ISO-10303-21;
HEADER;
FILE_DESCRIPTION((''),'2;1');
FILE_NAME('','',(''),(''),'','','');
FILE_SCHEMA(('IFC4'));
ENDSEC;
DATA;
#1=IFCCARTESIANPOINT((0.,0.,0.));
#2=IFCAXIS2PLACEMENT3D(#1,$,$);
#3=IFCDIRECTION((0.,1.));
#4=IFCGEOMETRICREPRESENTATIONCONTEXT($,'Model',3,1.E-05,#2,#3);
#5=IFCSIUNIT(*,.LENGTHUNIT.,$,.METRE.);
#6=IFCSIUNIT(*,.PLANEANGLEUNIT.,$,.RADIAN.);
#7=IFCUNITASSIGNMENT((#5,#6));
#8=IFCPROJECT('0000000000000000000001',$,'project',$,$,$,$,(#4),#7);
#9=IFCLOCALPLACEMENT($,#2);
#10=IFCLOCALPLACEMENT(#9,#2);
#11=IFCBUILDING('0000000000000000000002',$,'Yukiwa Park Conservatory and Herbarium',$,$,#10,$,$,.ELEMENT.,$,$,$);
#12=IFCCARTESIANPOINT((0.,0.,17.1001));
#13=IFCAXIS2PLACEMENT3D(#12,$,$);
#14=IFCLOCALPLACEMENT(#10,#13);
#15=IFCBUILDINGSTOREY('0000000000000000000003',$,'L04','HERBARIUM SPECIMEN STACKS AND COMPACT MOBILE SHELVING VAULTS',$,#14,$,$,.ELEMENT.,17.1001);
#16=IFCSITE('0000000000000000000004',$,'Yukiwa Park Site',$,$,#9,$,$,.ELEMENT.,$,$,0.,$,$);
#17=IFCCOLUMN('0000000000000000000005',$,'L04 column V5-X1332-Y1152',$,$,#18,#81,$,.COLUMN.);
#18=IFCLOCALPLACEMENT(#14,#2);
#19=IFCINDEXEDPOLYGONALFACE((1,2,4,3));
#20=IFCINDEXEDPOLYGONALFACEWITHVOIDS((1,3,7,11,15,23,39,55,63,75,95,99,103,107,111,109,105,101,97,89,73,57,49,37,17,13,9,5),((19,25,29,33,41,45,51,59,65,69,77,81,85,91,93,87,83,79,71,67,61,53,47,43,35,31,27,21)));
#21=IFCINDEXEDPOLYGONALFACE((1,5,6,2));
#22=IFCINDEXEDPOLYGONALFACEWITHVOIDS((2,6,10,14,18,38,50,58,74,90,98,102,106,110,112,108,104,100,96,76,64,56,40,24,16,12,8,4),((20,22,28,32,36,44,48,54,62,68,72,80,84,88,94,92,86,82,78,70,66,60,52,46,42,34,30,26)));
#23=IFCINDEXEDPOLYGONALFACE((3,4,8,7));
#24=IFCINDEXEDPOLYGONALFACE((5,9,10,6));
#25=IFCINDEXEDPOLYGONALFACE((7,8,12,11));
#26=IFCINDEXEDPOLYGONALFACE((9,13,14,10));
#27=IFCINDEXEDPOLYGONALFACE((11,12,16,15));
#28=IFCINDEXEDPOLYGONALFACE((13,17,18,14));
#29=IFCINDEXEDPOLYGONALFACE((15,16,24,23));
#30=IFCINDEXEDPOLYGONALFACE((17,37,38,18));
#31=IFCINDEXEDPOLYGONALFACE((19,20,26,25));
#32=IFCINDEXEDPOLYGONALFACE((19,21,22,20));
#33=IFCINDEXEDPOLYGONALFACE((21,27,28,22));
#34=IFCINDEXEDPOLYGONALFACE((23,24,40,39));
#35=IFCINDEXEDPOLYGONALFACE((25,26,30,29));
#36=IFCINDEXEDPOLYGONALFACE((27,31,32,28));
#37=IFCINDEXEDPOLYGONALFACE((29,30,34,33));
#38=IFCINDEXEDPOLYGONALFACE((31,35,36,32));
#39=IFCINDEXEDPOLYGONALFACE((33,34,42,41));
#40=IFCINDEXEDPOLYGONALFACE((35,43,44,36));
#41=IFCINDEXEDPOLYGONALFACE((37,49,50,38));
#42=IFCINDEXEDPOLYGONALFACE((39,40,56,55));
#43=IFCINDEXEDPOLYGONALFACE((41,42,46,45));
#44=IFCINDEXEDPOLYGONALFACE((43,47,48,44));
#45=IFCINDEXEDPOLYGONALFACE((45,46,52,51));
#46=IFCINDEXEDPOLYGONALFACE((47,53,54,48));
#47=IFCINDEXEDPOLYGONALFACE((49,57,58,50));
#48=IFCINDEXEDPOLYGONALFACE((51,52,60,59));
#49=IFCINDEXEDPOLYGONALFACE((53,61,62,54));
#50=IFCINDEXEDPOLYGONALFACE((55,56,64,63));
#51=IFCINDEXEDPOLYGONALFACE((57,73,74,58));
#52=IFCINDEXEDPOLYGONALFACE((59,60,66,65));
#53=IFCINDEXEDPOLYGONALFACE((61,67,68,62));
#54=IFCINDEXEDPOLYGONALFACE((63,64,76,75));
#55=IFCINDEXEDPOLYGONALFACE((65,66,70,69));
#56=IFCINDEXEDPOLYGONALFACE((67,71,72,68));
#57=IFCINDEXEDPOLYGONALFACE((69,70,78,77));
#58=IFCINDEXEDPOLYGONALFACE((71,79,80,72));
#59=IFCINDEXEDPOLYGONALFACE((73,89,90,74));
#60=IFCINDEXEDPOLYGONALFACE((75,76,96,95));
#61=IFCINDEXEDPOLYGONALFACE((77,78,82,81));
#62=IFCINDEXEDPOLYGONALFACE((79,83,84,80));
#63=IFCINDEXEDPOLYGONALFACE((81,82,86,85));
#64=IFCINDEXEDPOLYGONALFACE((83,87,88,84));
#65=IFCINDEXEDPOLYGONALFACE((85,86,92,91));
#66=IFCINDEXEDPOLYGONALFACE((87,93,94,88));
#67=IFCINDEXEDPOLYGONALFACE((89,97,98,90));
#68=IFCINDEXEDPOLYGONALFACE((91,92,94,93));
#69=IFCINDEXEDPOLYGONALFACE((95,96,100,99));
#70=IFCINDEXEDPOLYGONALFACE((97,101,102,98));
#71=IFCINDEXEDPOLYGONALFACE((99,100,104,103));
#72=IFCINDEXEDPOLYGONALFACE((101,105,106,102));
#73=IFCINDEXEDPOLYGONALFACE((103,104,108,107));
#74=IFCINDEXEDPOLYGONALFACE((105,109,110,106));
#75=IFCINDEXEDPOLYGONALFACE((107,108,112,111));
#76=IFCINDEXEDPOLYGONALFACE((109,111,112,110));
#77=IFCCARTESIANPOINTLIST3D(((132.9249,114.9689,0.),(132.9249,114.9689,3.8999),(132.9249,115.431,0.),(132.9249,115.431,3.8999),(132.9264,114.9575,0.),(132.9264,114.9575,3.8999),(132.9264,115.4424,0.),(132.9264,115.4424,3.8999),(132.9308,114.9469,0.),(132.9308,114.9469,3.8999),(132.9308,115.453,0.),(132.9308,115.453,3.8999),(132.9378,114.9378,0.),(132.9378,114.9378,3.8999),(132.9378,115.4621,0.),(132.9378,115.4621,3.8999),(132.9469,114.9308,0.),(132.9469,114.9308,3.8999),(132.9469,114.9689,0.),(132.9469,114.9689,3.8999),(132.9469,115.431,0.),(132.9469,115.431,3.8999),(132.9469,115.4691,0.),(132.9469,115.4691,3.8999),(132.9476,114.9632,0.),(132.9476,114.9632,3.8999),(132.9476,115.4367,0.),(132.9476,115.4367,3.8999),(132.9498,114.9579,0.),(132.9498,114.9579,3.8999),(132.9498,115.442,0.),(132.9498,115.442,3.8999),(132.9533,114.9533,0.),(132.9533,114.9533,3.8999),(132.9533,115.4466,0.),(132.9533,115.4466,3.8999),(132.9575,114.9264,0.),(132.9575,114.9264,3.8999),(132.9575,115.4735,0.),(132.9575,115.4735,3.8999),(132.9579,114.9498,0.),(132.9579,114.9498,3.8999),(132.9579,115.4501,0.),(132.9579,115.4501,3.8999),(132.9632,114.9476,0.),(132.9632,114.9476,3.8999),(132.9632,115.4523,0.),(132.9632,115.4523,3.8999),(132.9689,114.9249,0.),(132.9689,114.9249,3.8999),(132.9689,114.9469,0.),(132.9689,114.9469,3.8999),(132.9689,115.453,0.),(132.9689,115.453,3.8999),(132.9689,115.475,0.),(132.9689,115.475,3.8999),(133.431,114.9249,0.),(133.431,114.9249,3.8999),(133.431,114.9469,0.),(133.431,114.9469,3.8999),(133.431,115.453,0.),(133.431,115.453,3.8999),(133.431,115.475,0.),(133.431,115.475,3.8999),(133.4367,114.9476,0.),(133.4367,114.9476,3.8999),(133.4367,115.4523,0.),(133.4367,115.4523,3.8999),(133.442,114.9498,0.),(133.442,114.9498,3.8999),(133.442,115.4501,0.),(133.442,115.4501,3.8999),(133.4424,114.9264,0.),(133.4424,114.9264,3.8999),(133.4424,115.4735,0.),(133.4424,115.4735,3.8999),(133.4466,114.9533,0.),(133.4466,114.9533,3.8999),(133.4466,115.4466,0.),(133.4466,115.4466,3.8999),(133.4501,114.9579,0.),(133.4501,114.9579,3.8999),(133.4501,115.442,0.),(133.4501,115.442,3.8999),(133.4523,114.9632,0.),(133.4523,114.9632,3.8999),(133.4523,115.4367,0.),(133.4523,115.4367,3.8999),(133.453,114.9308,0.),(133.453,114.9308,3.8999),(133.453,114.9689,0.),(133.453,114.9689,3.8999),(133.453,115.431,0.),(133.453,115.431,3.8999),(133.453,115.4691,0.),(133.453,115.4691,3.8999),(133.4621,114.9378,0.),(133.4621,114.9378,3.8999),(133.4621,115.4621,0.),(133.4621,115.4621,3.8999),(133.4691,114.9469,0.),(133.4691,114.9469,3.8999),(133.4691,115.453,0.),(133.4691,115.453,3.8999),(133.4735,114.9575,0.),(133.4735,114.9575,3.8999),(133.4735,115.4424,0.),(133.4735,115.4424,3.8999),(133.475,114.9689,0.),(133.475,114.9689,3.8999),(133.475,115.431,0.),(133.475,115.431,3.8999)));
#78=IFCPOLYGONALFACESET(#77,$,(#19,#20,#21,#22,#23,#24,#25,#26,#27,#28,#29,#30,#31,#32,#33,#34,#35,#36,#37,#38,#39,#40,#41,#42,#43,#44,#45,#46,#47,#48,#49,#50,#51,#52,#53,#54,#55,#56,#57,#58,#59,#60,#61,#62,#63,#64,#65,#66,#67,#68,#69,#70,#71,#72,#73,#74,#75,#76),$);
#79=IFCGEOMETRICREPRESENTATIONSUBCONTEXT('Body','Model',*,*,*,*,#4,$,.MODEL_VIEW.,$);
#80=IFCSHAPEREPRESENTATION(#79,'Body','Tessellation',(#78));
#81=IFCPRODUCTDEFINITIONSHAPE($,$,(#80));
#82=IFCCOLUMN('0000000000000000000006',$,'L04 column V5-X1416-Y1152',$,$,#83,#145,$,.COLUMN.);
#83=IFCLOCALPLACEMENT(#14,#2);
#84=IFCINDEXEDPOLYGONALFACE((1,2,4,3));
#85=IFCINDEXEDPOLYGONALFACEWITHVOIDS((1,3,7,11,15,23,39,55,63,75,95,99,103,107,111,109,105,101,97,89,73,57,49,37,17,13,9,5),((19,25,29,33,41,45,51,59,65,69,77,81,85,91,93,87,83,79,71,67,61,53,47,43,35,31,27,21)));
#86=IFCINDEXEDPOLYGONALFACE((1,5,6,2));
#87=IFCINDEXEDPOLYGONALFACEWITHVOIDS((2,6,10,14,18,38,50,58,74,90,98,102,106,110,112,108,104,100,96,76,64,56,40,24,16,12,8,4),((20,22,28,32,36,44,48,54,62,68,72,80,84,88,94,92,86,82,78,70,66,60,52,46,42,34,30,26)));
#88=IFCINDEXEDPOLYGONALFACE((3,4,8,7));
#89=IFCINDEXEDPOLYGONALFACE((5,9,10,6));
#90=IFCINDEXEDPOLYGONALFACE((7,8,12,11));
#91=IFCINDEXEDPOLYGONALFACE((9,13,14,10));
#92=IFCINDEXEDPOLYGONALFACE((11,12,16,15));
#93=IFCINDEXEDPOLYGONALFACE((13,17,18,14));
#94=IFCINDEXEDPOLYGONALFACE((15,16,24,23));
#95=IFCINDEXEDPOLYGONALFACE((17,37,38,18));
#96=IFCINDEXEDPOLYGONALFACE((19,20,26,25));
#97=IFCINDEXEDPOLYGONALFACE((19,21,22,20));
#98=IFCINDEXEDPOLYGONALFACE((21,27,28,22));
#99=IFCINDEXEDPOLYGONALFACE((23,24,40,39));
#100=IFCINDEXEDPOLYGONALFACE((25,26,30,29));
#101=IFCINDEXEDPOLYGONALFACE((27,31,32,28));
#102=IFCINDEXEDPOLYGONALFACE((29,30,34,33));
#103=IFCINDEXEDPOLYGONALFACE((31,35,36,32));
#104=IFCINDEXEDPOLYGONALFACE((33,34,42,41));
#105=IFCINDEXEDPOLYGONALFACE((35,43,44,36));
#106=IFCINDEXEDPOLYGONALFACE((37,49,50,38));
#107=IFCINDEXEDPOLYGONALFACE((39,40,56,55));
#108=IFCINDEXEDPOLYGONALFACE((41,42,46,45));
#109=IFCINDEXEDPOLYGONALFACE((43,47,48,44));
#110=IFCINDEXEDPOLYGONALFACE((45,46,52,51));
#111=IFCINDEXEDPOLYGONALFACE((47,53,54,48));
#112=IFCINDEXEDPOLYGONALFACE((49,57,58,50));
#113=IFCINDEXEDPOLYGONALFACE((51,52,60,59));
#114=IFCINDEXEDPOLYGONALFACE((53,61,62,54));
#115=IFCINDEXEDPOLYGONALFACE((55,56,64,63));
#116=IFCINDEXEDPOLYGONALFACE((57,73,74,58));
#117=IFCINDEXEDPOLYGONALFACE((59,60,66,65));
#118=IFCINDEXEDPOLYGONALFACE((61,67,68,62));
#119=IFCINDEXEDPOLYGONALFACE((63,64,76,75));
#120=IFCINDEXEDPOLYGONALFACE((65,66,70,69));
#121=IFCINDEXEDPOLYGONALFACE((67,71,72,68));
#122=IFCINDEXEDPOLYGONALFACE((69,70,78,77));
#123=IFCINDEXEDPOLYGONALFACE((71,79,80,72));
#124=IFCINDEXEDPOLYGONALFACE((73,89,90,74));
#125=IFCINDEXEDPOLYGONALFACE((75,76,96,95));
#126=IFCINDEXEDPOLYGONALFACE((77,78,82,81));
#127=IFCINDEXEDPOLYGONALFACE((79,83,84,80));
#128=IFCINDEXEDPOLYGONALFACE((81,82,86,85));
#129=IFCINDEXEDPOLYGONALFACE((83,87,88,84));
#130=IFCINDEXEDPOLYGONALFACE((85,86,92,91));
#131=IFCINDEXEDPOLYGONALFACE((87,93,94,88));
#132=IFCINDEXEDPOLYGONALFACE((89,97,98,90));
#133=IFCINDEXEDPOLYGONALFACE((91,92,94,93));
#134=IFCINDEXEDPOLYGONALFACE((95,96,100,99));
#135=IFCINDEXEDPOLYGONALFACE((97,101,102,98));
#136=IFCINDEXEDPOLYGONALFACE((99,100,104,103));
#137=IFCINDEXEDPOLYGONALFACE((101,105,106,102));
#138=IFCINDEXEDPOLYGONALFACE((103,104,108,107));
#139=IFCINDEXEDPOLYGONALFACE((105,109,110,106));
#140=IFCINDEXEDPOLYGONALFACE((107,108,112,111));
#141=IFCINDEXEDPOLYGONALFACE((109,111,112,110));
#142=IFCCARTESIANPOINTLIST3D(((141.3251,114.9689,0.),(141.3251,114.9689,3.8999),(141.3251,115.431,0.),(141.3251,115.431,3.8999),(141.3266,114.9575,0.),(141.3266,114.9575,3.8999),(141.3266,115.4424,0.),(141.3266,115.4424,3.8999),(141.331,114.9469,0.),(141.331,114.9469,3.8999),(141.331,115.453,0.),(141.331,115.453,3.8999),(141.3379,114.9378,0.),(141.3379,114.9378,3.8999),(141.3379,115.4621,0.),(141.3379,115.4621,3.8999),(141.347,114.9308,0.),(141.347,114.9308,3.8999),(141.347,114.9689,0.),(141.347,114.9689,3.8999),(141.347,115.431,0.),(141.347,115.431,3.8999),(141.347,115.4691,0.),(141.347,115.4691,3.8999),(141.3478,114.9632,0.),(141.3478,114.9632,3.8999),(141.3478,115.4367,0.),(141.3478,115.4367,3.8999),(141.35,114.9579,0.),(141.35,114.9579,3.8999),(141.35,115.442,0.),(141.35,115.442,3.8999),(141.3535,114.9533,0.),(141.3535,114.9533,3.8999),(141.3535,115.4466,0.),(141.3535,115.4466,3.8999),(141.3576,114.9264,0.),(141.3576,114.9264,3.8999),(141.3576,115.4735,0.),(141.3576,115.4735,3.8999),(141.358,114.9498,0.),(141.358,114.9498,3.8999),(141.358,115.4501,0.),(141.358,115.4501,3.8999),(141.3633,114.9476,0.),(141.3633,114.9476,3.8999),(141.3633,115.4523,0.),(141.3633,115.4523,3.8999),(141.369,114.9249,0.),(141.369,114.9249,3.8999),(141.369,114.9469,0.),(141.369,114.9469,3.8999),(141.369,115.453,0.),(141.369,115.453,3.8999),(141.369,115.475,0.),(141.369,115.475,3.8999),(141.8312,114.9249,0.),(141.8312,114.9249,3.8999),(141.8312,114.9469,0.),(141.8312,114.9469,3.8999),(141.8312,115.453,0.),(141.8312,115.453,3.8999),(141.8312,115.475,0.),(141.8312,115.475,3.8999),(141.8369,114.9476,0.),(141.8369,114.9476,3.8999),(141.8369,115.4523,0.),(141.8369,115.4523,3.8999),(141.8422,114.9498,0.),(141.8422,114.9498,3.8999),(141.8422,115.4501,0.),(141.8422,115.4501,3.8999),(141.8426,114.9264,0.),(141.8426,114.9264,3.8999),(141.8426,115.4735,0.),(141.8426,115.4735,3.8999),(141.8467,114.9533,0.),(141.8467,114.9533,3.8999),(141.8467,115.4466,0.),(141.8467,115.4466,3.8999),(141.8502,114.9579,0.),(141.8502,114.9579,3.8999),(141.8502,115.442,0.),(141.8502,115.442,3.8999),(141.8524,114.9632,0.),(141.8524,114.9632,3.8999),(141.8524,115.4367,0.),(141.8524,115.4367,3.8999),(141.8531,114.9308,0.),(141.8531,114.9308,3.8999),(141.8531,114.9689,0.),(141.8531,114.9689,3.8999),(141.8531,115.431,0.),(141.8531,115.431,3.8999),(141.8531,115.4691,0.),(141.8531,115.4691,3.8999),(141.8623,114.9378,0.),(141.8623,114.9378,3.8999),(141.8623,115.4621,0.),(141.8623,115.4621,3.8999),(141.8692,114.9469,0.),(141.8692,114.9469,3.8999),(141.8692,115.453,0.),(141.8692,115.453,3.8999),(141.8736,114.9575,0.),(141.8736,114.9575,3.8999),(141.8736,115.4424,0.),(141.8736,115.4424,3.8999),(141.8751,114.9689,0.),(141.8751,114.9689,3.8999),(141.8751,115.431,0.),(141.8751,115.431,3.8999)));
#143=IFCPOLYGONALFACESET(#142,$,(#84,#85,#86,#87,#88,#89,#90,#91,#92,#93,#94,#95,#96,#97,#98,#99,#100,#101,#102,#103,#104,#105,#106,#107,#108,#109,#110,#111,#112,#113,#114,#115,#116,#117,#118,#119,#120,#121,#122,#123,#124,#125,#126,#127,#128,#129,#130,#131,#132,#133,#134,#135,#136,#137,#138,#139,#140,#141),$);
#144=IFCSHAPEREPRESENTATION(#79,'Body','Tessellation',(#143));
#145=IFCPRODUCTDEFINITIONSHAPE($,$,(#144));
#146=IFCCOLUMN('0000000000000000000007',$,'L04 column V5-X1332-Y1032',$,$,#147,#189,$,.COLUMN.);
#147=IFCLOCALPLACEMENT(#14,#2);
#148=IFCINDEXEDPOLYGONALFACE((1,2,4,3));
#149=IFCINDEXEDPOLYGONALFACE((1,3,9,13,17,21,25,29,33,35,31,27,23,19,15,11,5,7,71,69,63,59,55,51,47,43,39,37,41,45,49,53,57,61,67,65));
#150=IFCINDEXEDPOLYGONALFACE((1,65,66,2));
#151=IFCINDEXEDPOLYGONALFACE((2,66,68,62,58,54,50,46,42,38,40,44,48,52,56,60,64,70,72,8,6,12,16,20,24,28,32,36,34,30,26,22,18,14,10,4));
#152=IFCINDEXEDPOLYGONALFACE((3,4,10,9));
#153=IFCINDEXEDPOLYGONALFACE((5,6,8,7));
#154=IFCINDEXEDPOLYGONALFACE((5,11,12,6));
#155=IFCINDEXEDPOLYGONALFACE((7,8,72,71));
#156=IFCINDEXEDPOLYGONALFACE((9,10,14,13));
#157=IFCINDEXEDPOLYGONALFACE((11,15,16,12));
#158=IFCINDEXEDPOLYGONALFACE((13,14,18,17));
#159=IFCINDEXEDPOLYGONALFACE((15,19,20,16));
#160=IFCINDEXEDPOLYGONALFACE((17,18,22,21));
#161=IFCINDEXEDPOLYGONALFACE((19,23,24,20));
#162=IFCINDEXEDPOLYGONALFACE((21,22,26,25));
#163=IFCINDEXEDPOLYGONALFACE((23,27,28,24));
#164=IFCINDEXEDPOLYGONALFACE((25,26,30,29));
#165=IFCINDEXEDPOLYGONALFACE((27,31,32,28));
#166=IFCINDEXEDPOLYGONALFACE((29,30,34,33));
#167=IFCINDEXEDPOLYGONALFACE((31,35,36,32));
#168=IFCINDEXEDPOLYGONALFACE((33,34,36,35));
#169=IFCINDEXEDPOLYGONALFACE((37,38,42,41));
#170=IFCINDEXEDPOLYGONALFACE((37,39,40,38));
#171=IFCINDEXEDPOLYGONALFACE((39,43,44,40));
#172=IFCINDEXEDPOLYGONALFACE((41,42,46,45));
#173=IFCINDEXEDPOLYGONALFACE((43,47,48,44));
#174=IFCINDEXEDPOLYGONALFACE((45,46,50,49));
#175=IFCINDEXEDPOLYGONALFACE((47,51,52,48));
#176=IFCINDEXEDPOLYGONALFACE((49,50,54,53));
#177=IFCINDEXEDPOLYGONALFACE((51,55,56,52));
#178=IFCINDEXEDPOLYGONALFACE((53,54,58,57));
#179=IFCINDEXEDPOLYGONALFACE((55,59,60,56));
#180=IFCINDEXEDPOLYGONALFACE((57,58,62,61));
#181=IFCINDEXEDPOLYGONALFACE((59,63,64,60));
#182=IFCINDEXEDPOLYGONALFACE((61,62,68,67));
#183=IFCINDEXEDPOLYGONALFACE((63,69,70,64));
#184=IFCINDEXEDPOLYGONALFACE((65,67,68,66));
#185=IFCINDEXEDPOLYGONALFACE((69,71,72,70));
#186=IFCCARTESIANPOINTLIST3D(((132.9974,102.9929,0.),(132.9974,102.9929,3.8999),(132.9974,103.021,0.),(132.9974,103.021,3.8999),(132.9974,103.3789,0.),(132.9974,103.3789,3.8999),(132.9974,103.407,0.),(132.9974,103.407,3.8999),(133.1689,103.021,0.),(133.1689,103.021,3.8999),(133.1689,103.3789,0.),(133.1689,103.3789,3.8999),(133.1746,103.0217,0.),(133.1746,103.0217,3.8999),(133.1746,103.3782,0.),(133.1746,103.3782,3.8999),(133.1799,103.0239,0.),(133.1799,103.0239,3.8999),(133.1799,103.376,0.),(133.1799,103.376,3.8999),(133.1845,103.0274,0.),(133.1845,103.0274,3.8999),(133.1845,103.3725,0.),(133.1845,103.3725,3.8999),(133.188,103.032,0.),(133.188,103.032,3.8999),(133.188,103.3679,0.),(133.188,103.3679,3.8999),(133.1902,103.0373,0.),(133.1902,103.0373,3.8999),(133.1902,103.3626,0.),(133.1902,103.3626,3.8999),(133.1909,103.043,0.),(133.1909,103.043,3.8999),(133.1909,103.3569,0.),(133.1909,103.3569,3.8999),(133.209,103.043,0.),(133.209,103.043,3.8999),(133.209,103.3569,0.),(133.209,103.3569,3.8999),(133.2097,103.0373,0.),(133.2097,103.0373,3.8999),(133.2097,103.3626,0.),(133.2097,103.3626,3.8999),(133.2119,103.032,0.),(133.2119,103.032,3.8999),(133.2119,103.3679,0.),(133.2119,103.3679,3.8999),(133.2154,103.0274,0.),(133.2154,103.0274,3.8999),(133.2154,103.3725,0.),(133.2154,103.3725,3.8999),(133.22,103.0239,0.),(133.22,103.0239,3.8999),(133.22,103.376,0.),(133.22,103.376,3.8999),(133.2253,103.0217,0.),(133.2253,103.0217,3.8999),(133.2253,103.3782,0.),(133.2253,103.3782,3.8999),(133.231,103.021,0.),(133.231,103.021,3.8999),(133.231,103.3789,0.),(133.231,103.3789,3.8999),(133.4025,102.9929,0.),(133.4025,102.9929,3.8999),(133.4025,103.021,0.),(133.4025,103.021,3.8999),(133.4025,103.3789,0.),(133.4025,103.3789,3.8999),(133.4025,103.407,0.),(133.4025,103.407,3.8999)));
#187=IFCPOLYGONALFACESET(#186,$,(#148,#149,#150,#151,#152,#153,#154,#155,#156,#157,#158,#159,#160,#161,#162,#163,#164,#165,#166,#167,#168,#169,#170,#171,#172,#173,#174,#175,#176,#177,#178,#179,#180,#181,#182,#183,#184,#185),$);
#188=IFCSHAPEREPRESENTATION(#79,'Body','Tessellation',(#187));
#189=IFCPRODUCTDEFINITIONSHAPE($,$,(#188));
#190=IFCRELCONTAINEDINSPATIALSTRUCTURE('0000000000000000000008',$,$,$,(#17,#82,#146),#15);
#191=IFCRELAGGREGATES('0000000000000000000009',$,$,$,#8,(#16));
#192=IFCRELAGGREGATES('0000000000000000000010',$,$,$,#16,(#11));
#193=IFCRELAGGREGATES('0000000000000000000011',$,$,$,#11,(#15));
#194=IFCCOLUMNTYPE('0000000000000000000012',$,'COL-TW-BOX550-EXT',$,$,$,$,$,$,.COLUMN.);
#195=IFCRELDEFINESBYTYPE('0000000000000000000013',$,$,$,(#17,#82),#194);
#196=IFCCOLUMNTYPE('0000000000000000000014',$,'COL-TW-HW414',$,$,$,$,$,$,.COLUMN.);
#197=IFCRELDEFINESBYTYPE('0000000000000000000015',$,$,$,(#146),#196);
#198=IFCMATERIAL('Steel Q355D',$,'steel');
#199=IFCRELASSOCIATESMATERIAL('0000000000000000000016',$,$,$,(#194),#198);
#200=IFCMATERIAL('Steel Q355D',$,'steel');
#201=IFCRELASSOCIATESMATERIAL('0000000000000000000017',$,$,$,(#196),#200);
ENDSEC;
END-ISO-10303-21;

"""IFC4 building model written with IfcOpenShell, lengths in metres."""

from ifc_helpers import new_model, si_unit, direction, frame, origin, origin_2d, place, context, subcontext, project, spatial, hollow_rectangle, i_section, extrude, material, material_profile, profile_set, type_object, element, save


model = new_model("IFC4")

# Units and contexts
model_context = context("Model", 3, precision=1e-05, world=origin(), true_north=direction((0.0, 1.0)))
body_context = subcontext(model_context, "Body", "Model", "MODEL_VIEW")
ifc_project = project(units=[si_unit("LENGTHUNIT", "METRE"), si_unit("PLANEANGLEUNIT", "RADIAN")], contexts=[model_context])

# Site, building, storey
site_placement = place(None, origin())
site = spatial("IfcSite", under=ifc_project, at=site_placement, Name="Yukiwa Park Site", CompositionType="ELEMENT", RefElevation=0.0)
building_placement = place(site_placement, origin())
building = spatial("IfcBuilding", under=site, at=building_placement, Name="Yukiwa Park Conservatory and Herbarium", CompositionType="ELEMENT")
storey_placement = place(building_placement, frame((0.0, 0.0, 17.1001)))
storey = spatial("IfcBuildingStorey", under=building, at=storey_placement, Name="L04", Description="HERBARIUM SPECIMEN STACKS AND COMPACT MOBILE SHELVING VAULTS", CompositionType="ELEMENT", Elevation=17.1001)

# Columns
ifc_material_1 = material(Name="Steel Q355D", Category="steel")
ifc_material_profile_1 = material_profile(ifc_material_1, hollow_rectangle(XDim=0.55, YDim=0.55, WallThickness=0.022, InnerFilletRadius=0.022, OuterFilletRadius=0.0439, at=origin_2d()), Name="BOX 550x550x22")
ifc_profile_set_1 = profile_set([ifc_material_profile_1], Name="Steel Q355D")
column_type_1 = type_object("IfcColumnType", Name="COL-TW-BOX550-EXT", PredefinedType="COLUMN", material=ifc_profile_set_1)
for number, where, z_axis, x_axis, name in (
    (1, (133.2, 115.2, 0.0), (0.0, 0.0, 1.0), (1.0, 0.0, 0.0), "L04 column V5-X1332-Y1152"),
    (2, (141.6001, 115.2, 0.0), (0.0, 0.0, 1.0), (1.0, 0.0, 0.0), "L04 column V5-X1416-Y1152"),
):
    element("IfcColumn", number, at=place(storey_placement, frame(where, z_axis=z_axis, x_axis=x_axis)), inside=storey, type_object=column_type_1, Name=name, PredefinedType="COLUMN", context=body_context, shape_type="SweptSolid", body=[
        extrude(hollow_rectangle(XDim=0.55, YDim=0.55, WallThickness=0.022, InnerFilletRadius=0.022, OuterFilletRadius=0.0439, at=origin_2d()), origin(), (0.0, 0.0, 1.0), 3.8999),
    ])
ifc_material_2 = material(Name="Steel Q355D", Category="steel")
ifc_material_profile_2 = material_profile(ifc_material_2, i_section(OverallWidth=0.405, OverallDepth=0.4141, WebThickness=0.0181, FlangeThickness=0.0281, FilletRadius=0.022, at=origin_2d()), Name="HW 414x405x18x28")
ifc_profile_set_2 = profile_set([ifc_material_profile_2], Name="Steel Q355D")
column_type_2 = type_object("IfcColumnType", Name="COL-TW-HW414", PredefinedType="COLUMN", material=ifc_profile_set_2)
for number, where, z_axis, x_axis, name in (
    (3, (133.2, 103.2, 0.0), (0.0, 0.0, 1.0), (1.0, 0.0, 0.0), "L04 column V5-X1332-Y1032"),
):
    element("IfcColumn", number, at=place(storey_placement, frame(where, z_axis=z_axis, x_axis=x_axis)), inside=storey, type_object=column_type_2, Name=name, PredefinedType="COLUMN", context=body_context, shape_type="SweptSolid", body=[
        extrude(i_section(OverallWidth=0.405, OverallDepth=0.4141, WebThickness=0.0181, FlangeThickness=0.0281, FilletRadius=0.022, at=origin_2d()), origin(), (0.0, 0.0, 1.0), 3.8999),
    ])

save(model, "model.ifc")
